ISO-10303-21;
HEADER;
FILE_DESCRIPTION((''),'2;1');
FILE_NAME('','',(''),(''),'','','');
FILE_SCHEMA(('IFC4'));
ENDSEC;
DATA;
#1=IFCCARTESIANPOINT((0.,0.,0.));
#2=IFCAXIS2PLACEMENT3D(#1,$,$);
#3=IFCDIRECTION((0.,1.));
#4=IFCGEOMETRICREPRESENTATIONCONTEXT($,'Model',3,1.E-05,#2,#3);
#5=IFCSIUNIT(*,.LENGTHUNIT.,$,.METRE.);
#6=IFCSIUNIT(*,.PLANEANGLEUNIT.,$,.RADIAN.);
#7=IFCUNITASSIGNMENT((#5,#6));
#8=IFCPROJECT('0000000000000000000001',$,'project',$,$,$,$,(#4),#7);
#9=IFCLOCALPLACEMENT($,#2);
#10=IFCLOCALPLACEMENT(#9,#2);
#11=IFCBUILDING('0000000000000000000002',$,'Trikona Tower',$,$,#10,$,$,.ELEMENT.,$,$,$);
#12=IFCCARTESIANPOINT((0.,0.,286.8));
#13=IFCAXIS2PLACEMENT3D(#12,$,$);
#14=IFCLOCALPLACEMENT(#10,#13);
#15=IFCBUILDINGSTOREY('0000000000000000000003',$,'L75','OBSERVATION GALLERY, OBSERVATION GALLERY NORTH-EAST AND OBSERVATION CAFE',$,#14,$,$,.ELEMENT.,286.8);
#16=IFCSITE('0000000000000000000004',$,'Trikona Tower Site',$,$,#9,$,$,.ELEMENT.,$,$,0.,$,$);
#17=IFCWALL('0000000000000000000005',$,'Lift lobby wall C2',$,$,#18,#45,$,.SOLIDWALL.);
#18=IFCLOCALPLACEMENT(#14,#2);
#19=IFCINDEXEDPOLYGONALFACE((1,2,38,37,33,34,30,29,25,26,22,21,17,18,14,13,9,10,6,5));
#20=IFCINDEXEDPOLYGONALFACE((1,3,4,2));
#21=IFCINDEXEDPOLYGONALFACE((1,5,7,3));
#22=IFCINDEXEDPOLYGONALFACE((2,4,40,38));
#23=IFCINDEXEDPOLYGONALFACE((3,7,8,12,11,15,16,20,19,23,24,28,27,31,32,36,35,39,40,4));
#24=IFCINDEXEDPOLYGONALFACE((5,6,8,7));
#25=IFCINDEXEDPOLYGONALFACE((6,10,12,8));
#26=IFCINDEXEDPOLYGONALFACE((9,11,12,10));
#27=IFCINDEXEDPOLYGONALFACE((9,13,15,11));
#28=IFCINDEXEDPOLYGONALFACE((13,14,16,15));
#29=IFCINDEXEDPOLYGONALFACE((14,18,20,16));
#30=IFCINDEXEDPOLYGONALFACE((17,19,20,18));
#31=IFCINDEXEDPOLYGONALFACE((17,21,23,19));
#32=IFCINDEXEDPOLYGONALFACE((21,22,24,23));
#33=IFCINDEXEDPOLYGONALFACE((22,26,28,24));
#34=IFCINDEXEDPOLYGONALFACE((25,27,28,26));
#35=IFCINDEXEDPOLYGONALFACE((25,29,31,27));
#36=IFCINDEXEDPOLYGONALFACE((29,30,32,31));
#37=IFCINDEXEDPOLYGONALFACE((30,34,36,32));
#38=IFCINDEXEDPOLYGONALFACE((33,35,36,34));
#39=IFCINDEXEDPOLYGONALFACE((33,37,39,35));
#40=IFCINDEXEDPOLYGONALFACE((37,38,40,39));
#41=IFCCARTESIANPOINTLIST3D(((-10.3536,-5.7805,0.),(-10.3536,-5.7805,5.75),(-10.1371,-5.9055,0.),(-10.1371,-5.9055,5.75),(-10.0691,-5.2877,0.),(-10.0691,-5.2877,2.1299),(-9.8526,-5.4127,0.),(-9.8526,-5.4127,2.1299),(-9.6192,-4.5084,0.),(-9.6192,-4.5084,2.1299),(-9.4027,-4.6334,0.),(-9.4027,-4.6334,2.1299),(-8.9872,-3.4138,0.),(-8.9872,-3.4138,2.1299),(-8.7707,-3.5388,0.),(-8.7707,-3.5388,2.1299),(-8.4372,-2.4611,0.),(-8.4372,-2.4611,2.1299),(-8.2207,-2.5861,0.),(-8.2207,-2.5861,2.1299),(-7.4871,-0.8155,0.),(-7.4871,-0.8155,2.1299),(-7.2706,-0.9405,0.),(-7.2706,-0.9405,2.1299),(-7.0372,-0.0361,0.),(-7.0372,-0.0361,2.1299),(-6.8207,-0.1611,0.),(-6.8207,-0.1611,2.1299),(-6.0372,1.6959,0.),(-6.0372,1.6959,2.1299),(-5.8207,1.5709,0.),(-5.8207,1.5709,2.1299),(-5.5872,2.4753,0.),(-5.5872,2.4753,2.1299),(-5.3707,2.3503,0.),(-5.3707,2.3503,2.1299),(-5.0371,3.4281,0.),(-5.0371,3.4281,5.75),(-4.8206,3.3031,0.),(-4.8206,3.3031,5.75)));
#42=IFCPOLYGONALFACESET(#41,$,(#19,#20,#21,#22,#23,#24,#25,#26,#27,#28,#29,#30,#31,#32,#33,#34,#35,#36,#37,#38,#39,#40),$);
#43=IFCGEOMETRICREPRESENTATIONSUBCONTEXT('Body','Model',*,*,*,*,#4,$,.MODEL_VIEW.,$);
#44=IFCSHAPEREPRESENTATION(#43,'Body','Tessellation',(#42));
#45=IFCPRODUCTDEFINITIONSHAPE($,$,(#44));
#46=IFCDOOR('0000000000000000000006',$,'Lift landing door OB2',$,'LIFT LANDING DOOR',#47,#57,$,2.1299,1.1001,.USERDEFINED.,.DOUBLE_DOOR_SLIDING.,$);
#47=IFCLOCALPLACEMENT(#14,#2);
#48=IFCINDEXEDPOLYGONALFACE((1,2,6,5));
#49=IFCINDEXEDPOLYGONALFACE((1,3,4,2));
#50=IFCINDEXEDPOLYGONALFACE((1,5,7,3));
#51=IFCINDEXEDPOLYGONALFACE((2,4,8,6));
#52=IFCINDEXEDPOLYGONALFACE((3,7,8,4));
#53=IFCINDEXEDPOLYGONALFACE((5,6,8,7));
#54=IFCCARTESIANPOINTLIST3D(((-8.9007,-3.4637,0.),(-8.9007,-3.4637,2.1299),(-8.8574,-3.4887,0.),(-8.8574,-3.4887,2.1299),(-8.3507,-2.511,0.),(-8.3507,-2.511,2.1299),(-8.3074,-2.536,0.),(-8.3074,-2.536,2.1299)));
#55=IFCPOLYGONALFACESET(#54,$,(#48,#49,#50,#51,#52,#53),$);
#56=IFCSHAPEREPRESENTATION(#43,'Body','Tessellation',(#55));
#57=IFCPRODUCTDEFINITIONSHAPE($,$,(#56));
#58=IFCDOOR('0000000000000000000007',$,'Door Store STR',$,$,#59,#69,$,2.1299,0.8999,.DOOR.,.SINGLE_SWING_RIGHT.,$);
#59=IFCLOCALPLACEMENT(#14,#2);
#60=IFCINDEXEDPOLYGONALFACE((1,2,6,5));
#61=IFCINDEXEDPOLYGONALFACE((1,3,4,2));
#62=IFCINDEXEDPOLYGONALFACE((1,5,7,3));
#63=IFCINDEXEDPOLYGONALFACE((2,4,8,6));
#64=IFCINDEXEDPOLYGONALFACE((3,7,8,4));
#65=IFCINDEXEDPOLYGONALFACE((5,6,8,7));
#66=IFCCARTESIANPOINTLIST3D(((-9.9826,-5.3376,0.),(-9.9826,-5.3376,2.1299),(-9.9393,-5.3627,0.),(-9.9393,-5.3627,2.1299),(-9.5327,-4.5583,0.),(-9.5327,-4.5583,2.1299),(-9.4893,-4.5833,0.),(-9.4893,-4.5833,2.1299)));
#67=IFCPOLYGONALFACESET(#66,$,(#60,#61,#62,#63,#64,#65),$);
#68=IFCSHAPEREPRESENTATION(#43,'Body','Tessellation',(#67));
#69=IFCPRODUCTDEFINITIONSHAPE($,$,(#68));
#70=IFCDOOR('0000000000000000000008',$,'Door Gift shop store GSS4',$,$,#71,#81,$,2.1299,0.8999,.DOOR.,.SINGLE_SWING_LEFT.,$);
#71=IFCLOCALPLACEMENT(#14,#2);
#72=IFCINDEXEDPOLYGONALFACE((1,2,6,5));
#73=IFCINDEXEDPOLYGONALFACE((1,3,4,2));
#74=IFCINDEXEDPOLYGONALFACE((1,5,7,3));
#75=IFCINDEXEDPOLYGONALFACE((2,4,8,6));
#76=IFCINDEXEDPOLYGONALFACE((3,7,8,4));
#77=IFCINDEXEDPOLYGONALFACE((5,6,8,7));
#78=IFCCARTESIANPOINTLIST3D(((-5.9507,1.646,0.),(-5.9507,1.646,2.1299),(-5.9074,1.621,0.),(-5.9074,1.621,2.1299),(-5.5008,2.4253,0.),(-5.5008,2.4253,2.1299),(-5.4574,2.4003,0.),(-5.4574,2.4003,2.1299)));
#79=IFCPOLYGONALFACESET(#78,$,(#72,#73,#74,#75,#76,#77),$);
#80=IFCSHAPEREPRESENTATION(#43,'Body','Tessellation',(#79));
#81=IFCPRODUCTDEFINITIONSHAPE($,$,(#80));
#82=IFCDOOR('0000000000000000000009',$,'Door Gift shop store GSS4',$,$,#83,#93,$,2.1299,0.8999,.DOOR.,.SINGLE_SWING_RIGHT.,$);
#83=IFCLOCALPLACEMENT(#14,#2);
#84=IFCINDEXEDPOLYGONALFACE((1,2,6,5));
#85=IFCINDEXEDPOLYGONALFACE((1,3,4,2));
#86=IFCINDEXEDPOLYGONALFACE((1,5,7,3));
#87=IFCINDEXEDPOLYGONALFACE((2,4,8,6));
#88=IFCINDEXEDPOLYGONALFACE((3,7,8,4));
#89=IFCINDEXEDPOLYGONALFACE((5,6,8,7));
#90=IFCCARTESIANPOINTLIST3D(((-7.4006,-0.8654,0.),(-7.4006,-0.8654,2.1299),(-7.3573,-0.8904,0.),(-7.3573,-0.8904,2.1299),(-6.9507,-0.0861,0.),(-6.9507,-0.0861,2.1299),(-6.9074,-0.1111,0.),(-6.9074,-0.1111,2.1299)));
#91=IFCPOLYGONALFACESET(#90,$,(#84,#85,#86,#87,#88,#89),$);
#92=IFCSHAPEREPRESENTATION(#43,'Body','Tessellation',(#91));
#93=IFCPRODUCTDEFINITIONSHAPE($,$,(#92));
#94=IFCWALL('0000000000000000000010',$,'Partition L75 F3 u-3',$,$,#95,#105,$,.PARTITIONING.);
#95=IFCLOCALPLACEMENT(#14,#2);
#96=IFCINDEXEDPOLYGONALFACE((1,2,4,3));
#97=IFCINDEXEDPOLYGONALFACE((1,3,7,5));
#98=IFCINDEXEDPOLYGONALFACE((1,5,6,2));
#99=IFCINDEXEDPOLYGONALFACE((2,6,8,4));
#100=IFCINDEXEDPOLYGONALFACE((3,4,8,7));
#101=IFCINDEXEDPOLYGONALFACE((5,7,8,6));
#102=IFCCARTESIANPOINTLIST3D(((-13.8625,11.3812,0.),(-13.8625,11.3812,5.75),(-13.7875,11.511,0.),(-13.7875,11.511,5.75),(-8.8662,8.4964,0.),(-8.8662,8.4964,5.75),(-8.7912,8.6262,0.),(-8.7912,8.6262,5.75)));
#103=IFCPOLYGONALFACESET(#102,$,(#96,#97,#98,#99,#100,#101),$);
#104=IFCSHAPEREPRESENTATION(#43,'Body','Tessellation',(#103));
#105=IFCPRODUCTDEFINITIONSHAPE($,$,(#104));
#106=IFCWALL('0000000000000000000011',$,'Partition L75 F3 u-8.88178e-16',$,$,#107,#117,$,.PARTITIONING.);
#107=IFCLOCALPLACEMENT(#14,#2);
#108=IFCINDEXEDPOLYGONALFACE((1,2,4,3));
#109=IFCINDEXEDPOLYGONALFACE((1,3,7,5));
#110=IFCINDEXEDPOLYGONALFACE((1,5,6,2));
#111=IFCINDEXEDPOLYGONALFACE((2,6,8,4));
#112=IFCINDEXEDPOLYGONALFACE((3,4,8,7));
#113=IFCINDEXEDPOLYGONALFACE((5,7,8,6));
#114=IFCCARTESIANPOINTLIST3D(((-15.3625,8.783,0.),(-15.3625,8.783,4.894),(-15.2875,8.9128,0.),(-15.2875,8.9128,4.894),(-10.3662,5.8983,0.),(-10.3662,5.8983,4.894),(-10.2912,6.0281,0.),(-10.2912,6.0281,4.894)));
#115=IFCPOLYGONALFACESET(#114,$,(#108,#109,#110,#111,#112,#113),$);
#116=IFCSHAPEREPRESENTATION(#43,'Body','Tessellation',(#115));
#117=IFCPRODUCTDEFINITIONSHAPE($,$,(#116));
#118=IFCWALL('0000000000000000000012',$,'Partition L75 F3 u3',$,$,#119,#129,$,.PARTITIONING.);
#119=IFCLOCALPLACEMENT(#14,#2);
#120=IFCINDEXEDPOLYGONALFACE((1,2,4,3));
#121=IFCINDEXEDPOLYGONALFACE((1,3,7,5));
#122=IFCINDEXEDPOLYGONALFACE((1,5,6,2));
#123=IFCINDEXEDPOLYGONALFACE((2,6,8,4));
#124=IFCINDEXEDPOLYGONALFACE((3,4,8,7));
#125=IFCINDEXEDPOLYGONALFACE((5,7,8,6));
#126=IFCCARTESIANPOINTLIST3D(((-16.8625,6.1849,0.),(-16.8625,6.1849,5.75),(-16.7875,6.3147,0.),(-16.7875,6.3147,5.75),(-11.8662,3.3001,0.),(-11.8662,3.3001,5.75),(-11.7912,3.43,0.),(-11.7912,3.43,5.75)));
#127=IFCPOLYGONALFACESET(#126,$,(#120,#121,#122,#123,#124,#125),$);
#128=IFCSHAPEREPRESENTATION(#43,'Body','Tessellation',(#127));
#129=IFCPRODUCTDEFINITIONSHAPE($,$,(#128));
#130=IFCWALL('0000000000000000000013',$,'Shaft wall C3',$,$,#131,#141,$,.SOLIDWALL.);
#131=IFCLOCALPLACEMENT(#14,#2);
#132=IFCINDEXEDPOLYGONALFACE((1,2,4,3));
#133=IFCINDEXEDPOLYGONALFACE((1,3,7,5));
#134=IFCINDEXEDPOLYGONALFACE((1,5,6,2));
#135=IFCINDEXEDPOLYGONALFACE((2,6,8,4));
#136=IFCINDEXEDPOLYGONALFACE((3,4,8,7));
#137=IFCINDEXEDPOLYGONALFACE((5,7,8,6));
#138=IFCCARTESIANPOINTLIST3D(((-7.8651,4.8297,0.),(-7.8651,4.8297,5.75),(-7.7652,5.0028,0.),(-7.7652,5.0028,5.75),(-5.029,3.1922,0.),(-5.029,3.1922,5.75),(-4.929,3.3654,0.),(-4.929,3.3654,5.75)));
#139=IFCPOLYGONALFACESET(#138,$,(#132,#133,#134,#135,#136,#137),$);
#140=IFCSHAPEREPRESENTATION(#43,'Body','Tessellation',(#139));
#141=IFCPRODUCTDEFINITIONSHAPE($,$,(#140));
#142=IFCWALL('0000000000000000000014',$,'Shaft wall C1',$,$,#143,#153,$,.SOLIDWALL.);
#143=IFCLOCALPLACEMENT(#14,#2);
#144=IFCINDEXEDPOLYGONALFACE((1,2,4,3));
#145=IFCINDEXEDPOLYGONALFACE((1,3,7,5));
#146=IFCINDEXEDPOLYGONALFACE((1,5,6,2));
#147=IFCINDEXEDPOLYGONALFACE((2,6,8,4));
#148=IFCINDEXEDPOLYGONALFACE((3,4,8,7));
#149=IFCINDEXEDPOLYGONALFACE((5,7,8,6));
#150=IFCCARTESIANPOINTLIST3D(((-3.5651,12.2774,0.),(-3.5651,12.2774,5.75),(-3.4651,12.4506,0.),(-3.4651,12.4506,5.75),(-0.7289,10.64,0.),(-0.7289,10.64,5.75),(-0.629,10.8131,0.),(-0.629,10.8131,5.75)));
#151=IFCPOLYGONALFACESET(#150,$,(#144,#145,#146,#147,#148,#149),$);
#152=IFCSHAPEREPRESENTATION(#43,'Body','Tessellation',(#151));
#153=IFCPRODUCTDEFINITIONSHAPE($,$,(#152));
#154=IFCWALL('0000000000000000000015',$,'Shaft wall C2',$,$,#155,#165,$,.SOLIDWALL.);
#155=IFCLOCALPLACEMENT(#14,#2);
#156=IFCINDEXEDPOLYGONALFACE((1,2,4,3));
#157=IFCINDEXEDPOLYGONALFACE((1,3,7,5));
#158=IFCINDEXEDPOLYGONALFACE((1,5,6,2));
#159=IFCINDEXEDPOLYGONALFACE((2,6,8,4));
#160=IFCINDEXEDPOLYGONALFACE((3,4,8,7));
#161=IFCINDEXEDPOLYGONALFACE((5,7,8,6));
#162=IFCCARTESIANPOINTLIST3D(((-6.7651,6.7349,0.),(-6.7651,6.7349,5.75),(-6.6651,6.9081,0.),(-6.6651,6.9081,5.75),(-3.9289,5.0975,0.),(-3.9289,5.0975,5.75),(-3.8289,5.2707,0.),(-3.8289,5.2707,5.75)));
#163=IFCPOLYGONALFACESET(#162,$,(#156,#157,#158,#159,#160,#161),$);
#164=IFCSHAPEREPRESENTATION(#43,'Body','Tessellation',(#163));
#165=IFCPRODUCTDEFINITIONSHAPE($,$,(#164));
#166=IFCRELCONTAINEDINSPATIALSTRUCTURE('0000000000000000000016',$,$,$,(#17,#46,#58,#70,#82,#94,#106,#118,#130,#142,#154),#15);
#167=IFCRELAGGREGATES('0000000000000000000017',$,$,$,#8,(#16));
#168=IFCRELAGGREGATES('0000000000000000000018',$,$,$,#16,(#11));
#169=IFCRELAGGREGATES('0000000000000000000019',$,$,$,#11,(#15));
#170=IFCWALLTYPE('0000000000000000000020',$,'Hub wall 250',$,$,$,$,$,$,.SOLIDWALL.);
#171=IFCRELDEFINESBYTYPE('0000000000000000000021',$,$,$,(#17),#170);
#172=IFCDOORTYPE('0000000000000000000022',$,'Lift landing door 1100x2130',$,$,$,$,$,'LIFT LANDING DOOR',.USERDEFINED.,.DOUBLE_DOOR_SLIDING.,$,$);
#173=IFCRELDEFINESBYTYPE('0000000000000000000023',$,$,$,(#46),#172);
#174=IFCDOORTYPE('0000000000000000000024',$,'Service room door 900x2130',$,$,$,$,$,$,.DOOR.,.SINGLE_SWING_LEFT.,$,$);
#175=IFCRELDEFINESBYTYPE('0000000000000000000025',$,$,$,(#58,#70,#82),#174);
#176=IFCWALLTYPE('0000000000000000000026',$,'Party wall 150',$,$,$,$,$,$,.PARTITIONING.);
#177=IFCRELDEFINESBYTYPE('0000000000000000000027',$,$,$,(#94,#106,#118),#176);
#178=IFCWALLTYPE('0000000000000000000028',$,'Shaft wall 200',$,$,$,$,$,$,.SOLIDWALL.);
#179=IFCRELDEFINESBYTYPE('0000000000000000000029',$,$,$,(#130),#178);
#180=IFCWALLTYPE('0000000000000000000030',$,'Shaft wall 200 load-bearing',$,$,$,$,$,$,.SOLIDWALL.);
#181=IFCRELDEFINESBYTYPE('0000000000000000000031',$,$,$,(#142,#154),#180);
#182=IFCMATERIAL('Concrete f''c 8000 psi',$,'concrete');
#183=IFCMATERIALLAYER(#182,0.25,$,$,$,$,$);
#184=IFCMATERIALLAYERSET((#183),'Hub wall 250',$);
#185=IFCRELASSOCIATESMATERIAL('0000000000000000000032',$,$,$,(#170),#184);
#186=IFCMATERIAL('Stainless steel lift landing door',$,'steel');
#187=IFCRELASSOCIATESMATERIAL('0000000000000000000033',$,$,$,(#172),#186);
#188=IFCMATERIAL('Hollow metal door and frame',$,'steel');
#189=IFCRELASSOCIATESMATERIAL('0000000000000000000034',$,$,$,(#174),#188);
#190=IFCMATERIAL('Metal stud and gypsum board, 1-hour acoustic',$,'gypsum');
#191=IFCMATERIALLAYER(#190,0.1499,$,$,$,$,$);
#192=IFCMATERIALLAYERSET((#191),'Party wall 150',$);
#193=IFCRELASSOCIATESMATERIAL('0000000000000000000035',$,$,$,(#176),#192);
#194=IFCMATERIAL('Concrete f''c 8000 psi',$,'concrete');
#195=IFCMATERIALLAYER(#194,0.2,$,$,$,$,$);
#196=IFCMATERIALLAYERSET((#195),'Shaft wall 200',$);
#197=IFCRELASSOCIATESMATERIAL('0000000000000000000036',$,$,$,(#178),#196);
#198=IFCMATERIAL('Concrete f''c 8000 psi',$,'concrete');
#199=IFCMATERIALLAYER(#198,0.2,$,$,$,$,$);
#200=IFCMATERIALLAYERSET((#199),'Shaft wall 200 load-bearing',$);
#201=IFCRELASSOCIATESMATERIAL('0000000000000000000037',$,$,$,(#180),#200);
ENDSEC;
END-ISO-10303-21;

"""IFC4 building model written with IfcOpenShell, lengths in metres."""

from ifc_helpers import new_model, si_unit, direction, frame, frame_2d, origin, place, context, subcontext, project, spatial, rectangle, extrude, material, layer, layer_set, type_object, element, fill, save


model = new_model("IFC4")

# Units and contexts
model_context = context("Model", 3, precision=1e-05, world=origin(), true_north=direction((0.0, 1.0)))
body_context = subcontext(model_context, "Body", "Model", "MODEL_VIEW")
ifc_project = project(units=[si_unit("LENGTHUNIT", "METRE"), si_unit("PLANEANGLEUNIT", "RADIAN")], contexts=[model_context])

# Site, building, storey
site_placement = place(None, origin())
site = spatial("IfcSite", under=ifc_project, at=site_placement, Name="Trikona Tower Site", CompositionType="ELEMENT", RefElevation=0.0)
building_placement = place(site_placement, origin())
building = spatial("IfcBuilding", under=site, at=building_placement, Name="Trikona Tower", CompositionType="ELEMENT")
storey_placement = place(building_placement, frame((0.0, 0.0, 286.8)))
storey = spatial("IfcBuildingStorey", under=building, at=storey_placement, Name="L75", Description="OBSERVATION GALLERY, OBSERVATION GALLERY NORTH-EAST AND OBSERVATION CAFE", CompositionType="ELEMENT", Elevation=286.8)

# Wall, openings, doors
ifc_material_1 = material(Name="Concrete f'c 8000 psi", Category="concrete")
ifc_layer_1 = layer(ifc_material_1, 0.25)
ifc_layer_set_1 = layer_set([ifc_layer_1], Name="Hub wall 250")
wall_type_1 = type_object("IfcWallType", Name="Hub wall 250", PredefinedType="SOLIDWALL", material=ifc_layer_set_1)
wall_1_placement = place(storey_placement, frame((-4.929, 3.3655, 0.0), z_axis=(0.0, 0.0, 1.0), x_axis=(-0.499991, -0.86603, 0.0)))
wall_1 = element("IfcWall", 1, at=wall_1_placement, inside=storey, type_object=wall_type_1, Name="Lift lobby wall C2", PredefinedType="SOLIDWALL", context=body_context, shape_type="SweptSolid", body=[
    extrude(rectangle(XDim=10.6331, YDim=0.25, at=frame_2d((5.3164, 0.0))), origin(), (0.0, 0.0, 1.0), 5.75),
])
opening_1_placement = place(wall_1_placement, frame((9.1641, 0.0, 0.0)))
opening_1 = element("IfcOpeningElement", 2, at=opening_1_placement, cuts=wall_1, PredefinedType="OPENING", context=body_context, shape_type="SweptSolid", body=[
    extrude(rectangle(XDim=0.8999, YDim=2.1299, at=frame_2d((0.45, 1.0649))), frame((0.0, 0.135, 0.0), z_axis=(0.0, -1.0, 0.0), x_axis=(1.0, 0.0, 0.0)), (0.0, 0.0, 1.0), 0.27),
])
opening_2_placement = place(wall_1_placement, frame((1.1001, 0.0, 0.0)))
opening_2 = element("IfcOpeningElement", 3, at=opening_2_placement, cuts=wall_1, PredefinedType="OPENING", context=body_context, shape_type="SweptSolid", body=[
    extrude(rectangle(XDim=0.8999, YDim=2.1299, at=frame_2d((0.45, 1.0649))), frame((0.0, 0.135, 0.0), z_axis=(0.0, -1.0, 0.0), x_axis=(1.0, 0.0, 0.0)), (0.0, 0.0, 1.0), 0.27),
])
opening_3_placement = place(wall_1_placement, frame((4.0, 0.0, 0.0)))
opening_3 = element("IfcOpeningElement", 4, at=opening_3_placement, cuts=wall_1, PredefinedType="OPENING", context=body_context, shape_type="SweptSolid", body=[
    extrude(rectangle(XDim=0.8999, YDim=2.1299, at=frame_2d((0.45, 1.0649))), frame((0.0, 0.135, 0.0), z_axis=(0.0, -1.0, 0.0), x_axis=(1.0, 0.0, 0.0)), (0.0, 0.0, 1.0), 0.27),
])
opening_4_placement = place(wall_1_placement, frame((6.8, 0.0, 0.0)))
opening_4 = element("IfcOpeningElement", 5, at=opening_4_placement, cuts=wall_1, PredefinedType="OPENING", context=body_context, shape_type="SweptSolid", body=[
    extrude(rectangle(XDim=1.1001, YDim=2.1299, at=frame_2d((0.55, 1.0649))), frame((0.0, 0.135, 0.0), z_axis=(0.0, -1.0, 0.0), x_axis=(1.0, 0.0, 0.0)), (0.0, 0.0, 1.0), 0.27),
])
ifc_material_2 = material(Name="Stainless steel lift landing door", Category="steel")
door_type_1 = type_object("IfcDoorType", Name="Lift landing door 1100x2130", ElementType="LIFT LANDING DOOR", OperationType="DOUBLE_DOOR_SLIDING", PredefinedType="USERDEFINED", material=ifc_material_2)
door_1_placement = place(opening_4_placement, origin())
door_1 = element("IfcDoor", 6, at=door_1_placement, inside=storey, type_object=door_type_1, Name="Lift landing door OB2", ObjectType="LIFT LANDING DOOR", OperationType="DOUBLE_DOOR_SLIDING", OverallHeight=2.1299, OverallWidth=1.1001, PredefinedType="USERDEFINED", context=body_context, shape_type="SweptSolid", body=[
    extrude(rectangle(XDim=1.1001, YDim=2.1299, at=frame_2d((0.55, 1.0649))), frame((0.0, 0.0249, 0.0), z_axis=(0.0, -1.0, 0.0), x_axis=(1.0, 0.0, 0.0)), (0.0, 0.0, 1.0), 0.05),
])
fill(opening_4, door_1)
ifc_material_3 = material(Name="Hollow metal door and frame", Category="steel")
door_type_2 = type_object("IfcDoorType", Name="Service room door 900x2130", OperationType="SINGLE_SWING_LEFT", PredefinedType="DOOR", material=ifc_material_3)
door_2_placement = place(opening_1_placement, origin())
door_2 = element("IfcDoor", 7, at=door_2_placement, inside=storey, type_object=door_type_2, Name="Door Store STR", OperationType="SINGLE_SWING_RIGHT", OverallHeight=2.1299, OverallWidth=0.8999, PredefinedType="DOOR", context=body_context, shape_type="SweptSolid", body=[
    extrude(rectangle(XDim=0.8999, YDim=2.1299, at=frame_2d((0.45, 1.0649))), frame((0.0, 0.0249, 0.0), z_axis=(0.0, -1.0, 0.0), x_axis=(1.0, 0.0, 0.0)), (0.0, 0.0, 1.0), 0.05),
])
fill(opening_1, door_2)
door_3_placement = place(opening_2_placement, origin())
door_3 = element("IfcDoor", 8, at=door_3_placement, inside=storey, type_object=door_type_2, Name="Door Gift shop store GSS4", OperationType="SINGLE_SWING_LEFT", OverallHeight=2.1299, OverallWidth=0.8999, PredefinedType="DOOR", context=body_context, shape_type="SweptSolid", body=[
    extrude(rectangle(XDim=0.8999, YDim=2.1299, at=frame_2d((0.45, 1.0649))), frame((0.0, 0.0249, 0.0), z_axis=(0.0, -1.0, 0.0), x_axis=(1.0, 0.0, 0.0)), (0.0, 0.0, 1.0), 0.05),
])
fill(opening_2, door_3)
door_4_placement = place(opening_3_placement, origin())
door_4 = element("IfcDoor", 9, at=door_4_placement, inside=storey, type_object=door_type_2, Name="Door Gift shop store GSS4", OperationType="SINGLE_SWING_RIGHT", OverallHeight=2.1299, OverallWidth=0.8999, PredefinedType="DOOR", context=body_context, shape_type="SweptSolid", body=[
    extrude(rectangle(XDim=0.8999, YDim=2.1299, at=frame_2d((0.45, 1.0649))), frame((0.0, 0.0249, 0.0), z_axis=(0.0, -1.0, 0.0), x_axis=(1.0, 0.0, 0.0)), (0.0, 0.0, 1.0), 0.05),
])
fill(opening_3, door_4)

# Walls
ifc_material_4 = material(Name="Metal stud and gypsum board, 1-hour acoustic", Category="gypsum")
ifc_layer_2 = layer(ifc_material_4, 0.1499)
ifc_layer_set_2 = layer_set([ifc_layer_2], Name="Party wall 150")
wall_type_2 = type_object("IfcWallType", Name="Party wall 150", PredefinedType="PARTITIONING", material=ifc_layer_set_2)
wall_2_placement = place(storey_placement, frame((-8.8286, 8.5613, 0.0), z_axis=(0.0, 0.0, 1.0), x_axis=(-0.866016, 0.500017, 0.0)))
element("IfcWall", 10, at=wall_2_placement, inside=storey, type_object=wall_type_2, Name="Partition L75 F3 u-3", PredefinedType="PARTITIONING", context=body_context, shape_type="SweptSolid", body=[
    extrude(rectangle(XDim=5.7693, YDim=0.1499, at=frame_2d((2.8848, 0.0))), origin(), (0.0, 0.0, 1.0), 5.75),
])
wall_3_placement = place(storey_placement, frame((-10.3286, 5.9631, 0.0), z_axis=(0.0, 0.0, 1.0), x_axis=(-0.866016, 0.500017, 0.0)))
element("IfcWall", 11, at=wall_3_placement, inside=storey, type_object=wall_type_2, Name="Partition L75 F3 u-8.88178e-16", PredefinedType="PARTITIONING", context=body_context, shape_type="SweptSolid", body=[
    extrude(rectangle(XDim=5.7693, YDim=0.1499, at=frame_2d((2.8848, 0.0))), origin(), (0.0, 0.0, 1.0), 4.894),
])
wall_4_placement = place(storey_placement, frame((-11.8286, 3.365, 0.0), z_axis=(0.0, 0.0, 1.0), x_axis=(-0.866016, 0.500017, 0.0)))
element("IfcWall", 12, at=wall_4_placement, inside=storey, type_object=wall_type_2, Name="Partition L75 F3 u3", PredefinedType="PARTITIONING", context=body_context, shape_type="SweptSolid", body=[
    extrude(rectangle(XDim=5.7693, YDim=0.1499, at=frame_2d((2.8848, 0.0))), origin(), (0.0, 0.0, 1.0), 5.75),
])
ifc_material_5 = material(Name="Concrete f'c 8000 psi", Category="concrete")
ifc_layer_3 = layer(ifc_material_5, 0.2)
ifc_layer_set_3 = layer_set([ifc_layer_3], Name="Shaft wall 200")
wall_type_3 = type_object("IfcWallType", Name="Shaft wall 200", PredefinedType="SOLIDWALL", material=ifc_layer_set_3)
wall_5_placement = place(storey_placement, frame((-4.979, 3.2788, 0.0), z_axis=(0.0, 0.0, 1.0), x_axis=(-0.866028, 0.499996, 0.0)))
element("IfcWall", 13, at=wall_5_placement, inside=storey, type_object=wall_type_3, Name="Shaft wall C3", PredefinedType="SOLIDWALL", context=body_context, shape_type="SweptSolid", body=[
    extrude(rectangle(XDim=3.2749, YDim=0.2, at=frame_2d((1.6375, 0.0))), origin(), (0.0, 0.0, 1.0), 5.75),
])
ifc_material_6 = material(Name="Concrete f'c 8000 psi", Category="concrete")
ifc_layer_4 = layer(ifc_material_6, 0.2)
ifc_layer_set_4 = layer_set([ifc_layer_4], Name="Shaft wall 200 load-bearing")
wall_type_4 = type_object("IfcWallType", Name="Shaft wall 200 load-bearing", PredefinedType="SOLIDWALL", material=ifc_layer_set_4)
for number, where, z_axis, x_axis, name in (
    (14, (-0.679, 10.7266, 0.0), (0.0, 0.0, 1.0), (-0.866028, 0.499996, 0.0), "Shaft wall C1"),
    (15, (-3.8789, 5.1841, 0.0), (0.0, 0.0, 1.0), (-0.866028, 0.499996, 0.0), "Shaft wall C2"),
):
    element("IfcWall", number, at=place(storey_placement, frame(where, z_axis=z_axis, x_axis=x_axis)), inside=storey, type_object=wall_type_4, Name=name, PredefinedType="SOLIDWALL", context=body_context, shape_type="SweptSolid", body=[
        extrude(rectangle(XDim=3.2749, YDim=0.2, at=frame_2d((1.6375, 0.0))), origin(), (0.0, 0.0, 1.0), 5.75),
    ])

save(model, "model.ifc")
